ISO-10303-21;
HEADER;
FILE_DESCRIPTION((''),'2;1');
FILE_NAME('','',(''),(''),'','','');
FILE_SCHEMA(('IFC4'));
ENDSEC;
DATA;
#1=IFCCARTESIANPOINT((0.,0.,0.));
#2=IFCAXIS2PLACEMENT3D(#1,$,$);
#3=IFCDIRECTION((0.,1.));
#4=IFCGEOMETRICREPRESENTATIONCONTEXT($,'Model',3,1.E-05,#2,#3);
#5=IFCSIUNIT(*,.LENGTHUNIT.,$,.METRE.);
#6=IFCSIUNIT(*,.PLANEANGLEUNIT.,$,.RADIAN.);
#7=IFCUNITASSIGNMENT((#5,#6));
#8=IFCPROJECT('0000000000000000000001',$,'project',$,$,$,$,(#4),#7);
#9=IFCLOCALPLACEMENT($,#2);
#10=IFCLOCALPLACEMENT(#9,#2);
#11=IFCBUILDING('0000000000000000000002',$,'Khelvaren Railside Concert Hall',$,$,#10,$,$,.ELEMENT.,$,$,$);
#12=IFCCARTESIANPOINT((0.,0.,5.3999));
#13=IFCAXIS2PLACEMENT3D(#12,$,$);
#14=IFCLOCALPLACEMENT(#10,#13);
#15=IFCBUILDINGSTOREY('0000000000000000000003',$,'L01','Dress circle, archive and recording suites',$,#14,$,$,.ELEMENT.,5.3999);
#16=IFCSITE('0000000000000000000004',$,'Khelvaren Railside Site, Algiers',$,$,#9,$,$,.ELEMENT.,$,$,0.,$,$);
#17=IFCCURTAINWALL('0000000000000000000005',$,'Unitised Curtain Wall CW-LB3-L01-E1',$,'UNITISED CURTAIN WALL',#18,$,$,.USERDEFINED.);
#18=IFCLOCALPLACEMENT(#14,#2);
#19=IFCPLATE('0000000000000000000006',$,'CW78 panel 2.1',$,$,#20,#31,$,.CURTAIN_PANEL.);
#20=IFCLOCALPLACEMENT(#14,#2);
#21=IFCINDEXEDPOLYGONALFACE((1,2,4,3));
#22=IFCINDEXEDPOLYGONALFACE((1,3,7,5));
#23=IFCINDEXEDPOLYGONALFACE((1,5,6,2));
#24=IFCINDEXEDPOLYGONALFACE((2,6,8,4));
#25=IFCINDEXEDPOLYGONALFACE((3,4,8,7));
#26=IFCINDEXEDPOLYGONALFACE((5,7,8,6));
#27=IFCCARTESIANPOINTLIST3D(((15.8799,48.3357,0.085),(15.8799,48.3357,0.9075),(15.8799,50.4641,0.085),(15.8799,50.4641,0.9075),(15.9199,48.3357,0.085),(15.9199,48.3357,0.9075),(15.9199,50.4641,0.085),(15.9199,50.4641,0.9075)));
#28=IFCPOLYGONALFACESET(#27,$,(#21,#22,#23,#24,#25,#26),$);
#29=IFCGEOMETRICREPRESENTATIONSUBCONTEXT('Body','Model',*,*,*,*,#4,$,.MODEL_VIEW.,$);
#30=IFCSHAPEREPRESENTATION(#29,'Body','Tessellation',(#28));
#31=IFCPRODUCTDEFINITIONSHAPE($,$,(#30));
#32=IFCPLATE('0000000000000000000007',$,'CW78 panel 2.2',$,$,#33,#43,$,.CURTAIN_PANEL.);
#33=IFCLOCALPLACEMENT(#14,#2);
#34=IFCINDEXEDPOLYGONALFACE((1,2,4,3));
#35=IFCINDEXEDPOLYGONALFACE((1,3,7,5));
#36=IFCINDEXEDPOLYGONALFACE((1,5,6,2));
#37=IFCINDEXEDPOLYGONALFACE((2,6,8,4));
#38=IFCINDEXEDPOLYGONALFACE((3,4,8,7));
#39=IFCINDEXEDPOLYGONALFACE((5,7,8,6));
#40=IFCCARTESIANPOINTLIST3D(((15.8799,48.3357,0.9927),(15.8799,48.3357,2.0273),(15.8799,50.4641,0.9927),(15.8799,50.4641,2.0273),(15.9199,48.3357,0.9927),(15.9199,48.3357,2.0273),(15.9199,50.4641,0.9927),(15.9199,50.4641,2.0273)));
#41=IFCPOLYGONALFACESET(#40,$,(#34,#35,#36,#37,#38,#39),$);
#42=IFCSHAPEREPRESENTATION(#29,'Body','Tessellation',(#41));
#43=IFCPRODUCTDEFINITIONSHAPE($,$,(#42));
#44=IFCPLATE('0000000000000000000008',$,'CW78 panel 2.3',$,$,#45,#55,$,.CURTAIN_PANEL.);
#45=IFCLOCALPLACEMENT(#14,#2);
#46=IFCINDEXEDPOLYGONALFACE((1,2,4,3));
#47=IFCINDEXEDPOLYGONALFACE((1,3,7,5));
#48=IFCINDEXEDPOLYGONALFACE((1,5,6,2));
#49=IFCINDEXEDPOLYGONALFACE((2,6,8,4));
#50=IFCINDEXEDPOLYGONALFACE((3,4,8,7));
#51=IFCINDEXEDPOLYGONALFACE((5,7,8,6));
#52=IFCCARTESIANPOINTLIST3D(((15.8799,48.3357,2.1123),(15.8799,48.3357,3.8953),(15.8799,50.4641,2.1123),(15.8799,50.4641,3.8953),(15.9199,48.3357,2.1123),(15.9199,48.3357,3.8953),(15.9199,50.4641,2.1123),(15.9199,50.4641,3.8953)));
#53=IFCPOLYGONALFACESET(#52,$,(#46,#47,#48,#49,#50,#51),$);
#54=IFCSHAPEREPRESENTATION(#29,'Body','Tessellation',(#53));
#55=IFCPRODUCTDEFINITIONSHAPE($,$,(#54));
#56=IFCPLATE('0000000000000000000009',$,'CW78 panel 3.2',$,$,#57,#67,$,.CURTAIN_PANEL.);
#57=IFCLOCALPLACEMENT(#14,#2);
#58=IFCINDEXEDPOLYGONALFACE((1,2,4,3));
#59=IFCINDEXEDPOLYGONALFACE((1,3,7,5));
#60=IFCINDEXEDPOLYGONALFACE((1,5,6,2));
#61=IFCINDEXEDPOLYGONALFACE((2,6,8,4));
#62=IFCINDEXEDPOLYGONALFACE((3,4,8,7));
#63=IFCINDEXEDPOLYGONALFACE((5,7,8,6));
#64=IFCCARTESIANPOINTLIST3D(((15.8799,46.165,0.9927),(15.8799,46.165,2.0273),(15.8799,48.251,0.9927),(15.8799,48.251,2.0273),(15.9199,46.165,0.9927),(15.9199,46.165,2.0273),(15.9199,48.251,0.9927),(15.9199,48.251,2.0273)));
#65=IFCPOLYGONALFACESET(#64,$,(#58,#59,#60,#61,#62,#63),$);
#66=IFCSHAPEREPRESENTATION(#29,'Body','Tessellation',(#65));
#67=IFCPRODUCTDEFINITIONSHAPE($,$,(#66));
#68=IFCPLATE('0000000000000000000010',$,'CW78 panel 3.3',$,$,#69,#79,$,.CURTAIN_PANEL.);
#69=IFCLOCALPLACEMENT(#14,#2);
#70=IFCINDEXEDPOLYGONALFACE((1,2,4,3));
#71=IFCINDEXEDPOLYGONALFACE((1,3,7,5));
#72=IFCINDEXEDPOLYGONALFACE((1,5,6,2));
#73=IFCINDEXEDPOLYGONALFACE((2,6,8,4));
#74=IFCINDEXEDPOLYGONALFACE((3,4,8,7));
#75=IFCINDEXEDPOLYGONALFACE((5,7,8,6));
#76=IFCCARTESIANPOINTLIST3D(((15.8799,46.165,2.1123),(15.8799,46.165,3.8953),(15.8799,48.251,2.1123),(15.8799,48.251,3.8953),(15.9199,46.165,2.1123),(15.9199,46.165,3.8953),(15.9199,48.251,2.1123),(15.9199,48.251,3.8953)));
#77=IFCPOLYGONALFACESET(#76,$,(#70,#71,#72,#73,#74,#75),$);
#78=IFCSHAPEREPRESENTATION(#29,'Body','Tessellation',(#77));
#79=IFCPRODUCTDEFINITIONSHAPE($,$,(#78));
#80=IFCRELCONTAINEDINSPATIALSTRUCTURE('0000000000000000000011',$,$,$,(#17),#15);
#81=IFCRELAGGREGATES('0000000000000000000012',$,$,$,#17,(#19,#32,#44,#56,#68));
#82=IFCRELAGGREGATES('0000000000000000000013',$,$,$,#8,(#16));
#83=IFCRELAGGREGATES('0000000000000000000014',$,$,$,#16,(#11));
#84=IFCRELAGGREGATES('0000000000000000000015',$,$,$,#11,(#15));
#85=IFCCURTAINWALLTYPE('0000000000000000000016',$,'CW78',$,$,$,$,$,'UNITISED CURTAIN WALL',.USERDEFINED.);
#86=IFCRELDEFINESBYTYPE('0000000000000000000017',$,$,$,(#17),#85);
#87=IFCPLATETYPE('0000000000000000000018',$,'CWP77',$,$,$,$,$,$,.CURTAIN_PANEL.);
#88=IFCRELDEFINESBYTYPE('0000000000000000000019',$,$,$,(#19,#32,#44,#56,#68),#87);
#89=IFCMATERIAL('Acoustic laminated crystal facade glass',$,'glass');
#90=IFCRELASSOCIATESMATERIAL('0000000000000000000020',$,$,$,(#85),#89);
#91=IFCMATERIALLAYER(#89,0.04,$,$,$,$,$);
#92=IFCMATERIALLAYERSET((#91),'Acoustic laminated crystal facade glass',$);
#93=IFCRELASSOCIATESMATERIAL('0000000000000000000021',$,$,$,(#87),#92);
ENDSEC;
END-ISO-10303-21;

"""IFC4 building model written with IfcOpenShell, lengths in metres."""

from ifc_helpers import new_model, si_unit, direction, frame, origin, origin_2d, place, context, subcontext, project, spatial, rectangle, extrude, material, layer, layer_set, type_object, element, aggregate, save


model = new_model("IFC4")

# Units and contexts
model_context = context("Model", 3, precision=1e-05, world=origin(), true_north=direction((0.0, 1.0)))
body_context = subcontext(model_context, "Body", "Model", "MODEL_VIEW")
ifc_project = project(units=[si_unit("LENGTHUNIT", "METRE"), si_unit("PLANEANGLEUNIT", "RADIAN")], contexts=[model_context])

# Site, building, storey
site_placement = place(None, origin())
site = spatial("IfcSite", under=ifc_project, at=site_placement, Name="Khelvaren Railside Site, Algiers", CompositionType="ELEMENT", RefElevation=0.0)
building_placement = place(site_placement, origin())
building = spatial("IfcBuilding", under=site, at=building_placement, Name="Khelvaren Railside Concert Hall", CompositionType="ELEMENT")
storey_placement = place(building_placement, frame((0.0, 0.0, 5.3999)))
storey = spatial("IfcBuildingStorey", under=building, at=storey_placement, Name="L01", Description="Dress circle, archive and recording suites", CompositionType="ELEMENT", Elevation=5.3999)

# Curtain wall
ifc_material_1 = material(Name="Acoustic laminated crystal facade glass", Category="glass")
curtain_wall_type = type_object("IfcCurtainWallType", Name="CW78", ElementType="UNITISED CURTAIN WALL", PredefinedType="USERDEFINED", material=ifc_material_1)
curtain_wall_1_placement = place(storey_placement, origin())
curtain_wall_1 = element("IfcCurtainWall", 1, at=curtain_wall_1_placement, inside=storey, type_object=curtain_wall_type, Name="Unitised Curtain Wall CW-LB3-L01-E1", ObjectType="UNITISED CURTAIN WALL", PredefinedType="USERDEFINED")

# Plates
ifc_layer = layer(ifc_material_1, 0.04)
ifc_layer_set = layer_set([ifc_layer], Name="Acoustic laminated crystal facade glass")
plate_type = type_object("IfcPlateType", Name="CWP77", PredefinedType="CURTAIN_PANEL", material=ifc_layer_set)
plate_1_placement = place(storey_placement, frame((15.8999, 49.3999, 0.085), z_axis=(0.0, 0.0, 1.0), x_axis=(0.0, -1.0, 0.0)))
plate_1 = element("IfcPlate", 2, at=plate_1_placement, type_object=plate_type, Name="CW78 panel 2.1", PredefinedType="CURTAIN_PANEL", context=body_context, shape_type="SweptSolid", body=[
    extrude(rectangle(XDim=2.1284, YDim=0.04, at=origin_2d()), origin(), (0.0, 0.0, 1.0), 0.8225),
])
plate_2_placement = place(storey_placement, frame((15.8999, 49.3999, 0.9927), z_axis=(0.0, 0.0, 1.0), x_axis=(0.0, -1.0, 0.0)))
plate_2 = element("IfcPlate", 3, at=plate_2_placement, type_object=plate_type, Name="CW78 panel 2.2", PredefinedType="CURTAIN_PANEL", context=body_context, shape_type="SweptSolid", body=[
    extrude(rectangle(XDim=2.1284, YDim=0.04, at=origin_2d()), origin(), (0.0, 0.0, 1.0), 1.0347),
])
plate_3_placement = place(storey_placement, frame((15.8999, 49.3999, 2.1123), z_axis=(0.0, 0.0, 1.0), x_axis=(0.0, -1.0, 0.0)))
plate_3 = element("IfcPlate", 4, at=plate_3_placement, type_object=plate_type, Name="CW78 panel 2.3", PredefinedType="CURTAIN_PANEL", context=body_context, shape_type="SweptSolid", body=[
    extrude(rectangle(XDim=2.1284, YDim=0.04, at=origin_2d()), origin(), (0.0, 0.0, 1.0), 1.783),
])
plate_4_placement = place(storey_placement, frame((15.8999, 47.208, 0.9927), z_axis=(0.0, 0.0, 1.0), x_axis=(0.0, -1.0, 0.0)))
plate_4 = element("IfcPlate", 5, at=plate_4_placement, type_object=plate_type, Name="CW78 panel 3.2", PredefinedType="CURTAIN_PANEL", context=body_context, shape_type="SweptSolid", body=[
    extrude(rectangle(XDim=2.0859, YDim=0.04, at=origin_2d()), origin(), (0.0, 0.0, 1.0), 1.0347),
])
plate_5_placement = place(storey_placement, frame((15.8999, 47.208, 2.1123), z_axis=(0.0, 0.0, 1.0), x_axis=(0.0, -1.0, 0.0)))
plate_5 = element("IfcPlate", 6, at=plate_5_placement, type_object=plate_type, Name="CW78 panel 3.3", PredefinedType="CURTAIN_PANEL", context=body_context, shape_type="SweptSolid", body=[
    extrude(rectangle(XDim=2.0859, YDim=0.04, at=origin_2d()), origin(), (0.0, 0.0, 1.0), 1.783),
])
aggregate(curtain_wall_1, [plate_1, plate_2, plate_3, plate_4, plate_5])

save(model, "model.ifc")
